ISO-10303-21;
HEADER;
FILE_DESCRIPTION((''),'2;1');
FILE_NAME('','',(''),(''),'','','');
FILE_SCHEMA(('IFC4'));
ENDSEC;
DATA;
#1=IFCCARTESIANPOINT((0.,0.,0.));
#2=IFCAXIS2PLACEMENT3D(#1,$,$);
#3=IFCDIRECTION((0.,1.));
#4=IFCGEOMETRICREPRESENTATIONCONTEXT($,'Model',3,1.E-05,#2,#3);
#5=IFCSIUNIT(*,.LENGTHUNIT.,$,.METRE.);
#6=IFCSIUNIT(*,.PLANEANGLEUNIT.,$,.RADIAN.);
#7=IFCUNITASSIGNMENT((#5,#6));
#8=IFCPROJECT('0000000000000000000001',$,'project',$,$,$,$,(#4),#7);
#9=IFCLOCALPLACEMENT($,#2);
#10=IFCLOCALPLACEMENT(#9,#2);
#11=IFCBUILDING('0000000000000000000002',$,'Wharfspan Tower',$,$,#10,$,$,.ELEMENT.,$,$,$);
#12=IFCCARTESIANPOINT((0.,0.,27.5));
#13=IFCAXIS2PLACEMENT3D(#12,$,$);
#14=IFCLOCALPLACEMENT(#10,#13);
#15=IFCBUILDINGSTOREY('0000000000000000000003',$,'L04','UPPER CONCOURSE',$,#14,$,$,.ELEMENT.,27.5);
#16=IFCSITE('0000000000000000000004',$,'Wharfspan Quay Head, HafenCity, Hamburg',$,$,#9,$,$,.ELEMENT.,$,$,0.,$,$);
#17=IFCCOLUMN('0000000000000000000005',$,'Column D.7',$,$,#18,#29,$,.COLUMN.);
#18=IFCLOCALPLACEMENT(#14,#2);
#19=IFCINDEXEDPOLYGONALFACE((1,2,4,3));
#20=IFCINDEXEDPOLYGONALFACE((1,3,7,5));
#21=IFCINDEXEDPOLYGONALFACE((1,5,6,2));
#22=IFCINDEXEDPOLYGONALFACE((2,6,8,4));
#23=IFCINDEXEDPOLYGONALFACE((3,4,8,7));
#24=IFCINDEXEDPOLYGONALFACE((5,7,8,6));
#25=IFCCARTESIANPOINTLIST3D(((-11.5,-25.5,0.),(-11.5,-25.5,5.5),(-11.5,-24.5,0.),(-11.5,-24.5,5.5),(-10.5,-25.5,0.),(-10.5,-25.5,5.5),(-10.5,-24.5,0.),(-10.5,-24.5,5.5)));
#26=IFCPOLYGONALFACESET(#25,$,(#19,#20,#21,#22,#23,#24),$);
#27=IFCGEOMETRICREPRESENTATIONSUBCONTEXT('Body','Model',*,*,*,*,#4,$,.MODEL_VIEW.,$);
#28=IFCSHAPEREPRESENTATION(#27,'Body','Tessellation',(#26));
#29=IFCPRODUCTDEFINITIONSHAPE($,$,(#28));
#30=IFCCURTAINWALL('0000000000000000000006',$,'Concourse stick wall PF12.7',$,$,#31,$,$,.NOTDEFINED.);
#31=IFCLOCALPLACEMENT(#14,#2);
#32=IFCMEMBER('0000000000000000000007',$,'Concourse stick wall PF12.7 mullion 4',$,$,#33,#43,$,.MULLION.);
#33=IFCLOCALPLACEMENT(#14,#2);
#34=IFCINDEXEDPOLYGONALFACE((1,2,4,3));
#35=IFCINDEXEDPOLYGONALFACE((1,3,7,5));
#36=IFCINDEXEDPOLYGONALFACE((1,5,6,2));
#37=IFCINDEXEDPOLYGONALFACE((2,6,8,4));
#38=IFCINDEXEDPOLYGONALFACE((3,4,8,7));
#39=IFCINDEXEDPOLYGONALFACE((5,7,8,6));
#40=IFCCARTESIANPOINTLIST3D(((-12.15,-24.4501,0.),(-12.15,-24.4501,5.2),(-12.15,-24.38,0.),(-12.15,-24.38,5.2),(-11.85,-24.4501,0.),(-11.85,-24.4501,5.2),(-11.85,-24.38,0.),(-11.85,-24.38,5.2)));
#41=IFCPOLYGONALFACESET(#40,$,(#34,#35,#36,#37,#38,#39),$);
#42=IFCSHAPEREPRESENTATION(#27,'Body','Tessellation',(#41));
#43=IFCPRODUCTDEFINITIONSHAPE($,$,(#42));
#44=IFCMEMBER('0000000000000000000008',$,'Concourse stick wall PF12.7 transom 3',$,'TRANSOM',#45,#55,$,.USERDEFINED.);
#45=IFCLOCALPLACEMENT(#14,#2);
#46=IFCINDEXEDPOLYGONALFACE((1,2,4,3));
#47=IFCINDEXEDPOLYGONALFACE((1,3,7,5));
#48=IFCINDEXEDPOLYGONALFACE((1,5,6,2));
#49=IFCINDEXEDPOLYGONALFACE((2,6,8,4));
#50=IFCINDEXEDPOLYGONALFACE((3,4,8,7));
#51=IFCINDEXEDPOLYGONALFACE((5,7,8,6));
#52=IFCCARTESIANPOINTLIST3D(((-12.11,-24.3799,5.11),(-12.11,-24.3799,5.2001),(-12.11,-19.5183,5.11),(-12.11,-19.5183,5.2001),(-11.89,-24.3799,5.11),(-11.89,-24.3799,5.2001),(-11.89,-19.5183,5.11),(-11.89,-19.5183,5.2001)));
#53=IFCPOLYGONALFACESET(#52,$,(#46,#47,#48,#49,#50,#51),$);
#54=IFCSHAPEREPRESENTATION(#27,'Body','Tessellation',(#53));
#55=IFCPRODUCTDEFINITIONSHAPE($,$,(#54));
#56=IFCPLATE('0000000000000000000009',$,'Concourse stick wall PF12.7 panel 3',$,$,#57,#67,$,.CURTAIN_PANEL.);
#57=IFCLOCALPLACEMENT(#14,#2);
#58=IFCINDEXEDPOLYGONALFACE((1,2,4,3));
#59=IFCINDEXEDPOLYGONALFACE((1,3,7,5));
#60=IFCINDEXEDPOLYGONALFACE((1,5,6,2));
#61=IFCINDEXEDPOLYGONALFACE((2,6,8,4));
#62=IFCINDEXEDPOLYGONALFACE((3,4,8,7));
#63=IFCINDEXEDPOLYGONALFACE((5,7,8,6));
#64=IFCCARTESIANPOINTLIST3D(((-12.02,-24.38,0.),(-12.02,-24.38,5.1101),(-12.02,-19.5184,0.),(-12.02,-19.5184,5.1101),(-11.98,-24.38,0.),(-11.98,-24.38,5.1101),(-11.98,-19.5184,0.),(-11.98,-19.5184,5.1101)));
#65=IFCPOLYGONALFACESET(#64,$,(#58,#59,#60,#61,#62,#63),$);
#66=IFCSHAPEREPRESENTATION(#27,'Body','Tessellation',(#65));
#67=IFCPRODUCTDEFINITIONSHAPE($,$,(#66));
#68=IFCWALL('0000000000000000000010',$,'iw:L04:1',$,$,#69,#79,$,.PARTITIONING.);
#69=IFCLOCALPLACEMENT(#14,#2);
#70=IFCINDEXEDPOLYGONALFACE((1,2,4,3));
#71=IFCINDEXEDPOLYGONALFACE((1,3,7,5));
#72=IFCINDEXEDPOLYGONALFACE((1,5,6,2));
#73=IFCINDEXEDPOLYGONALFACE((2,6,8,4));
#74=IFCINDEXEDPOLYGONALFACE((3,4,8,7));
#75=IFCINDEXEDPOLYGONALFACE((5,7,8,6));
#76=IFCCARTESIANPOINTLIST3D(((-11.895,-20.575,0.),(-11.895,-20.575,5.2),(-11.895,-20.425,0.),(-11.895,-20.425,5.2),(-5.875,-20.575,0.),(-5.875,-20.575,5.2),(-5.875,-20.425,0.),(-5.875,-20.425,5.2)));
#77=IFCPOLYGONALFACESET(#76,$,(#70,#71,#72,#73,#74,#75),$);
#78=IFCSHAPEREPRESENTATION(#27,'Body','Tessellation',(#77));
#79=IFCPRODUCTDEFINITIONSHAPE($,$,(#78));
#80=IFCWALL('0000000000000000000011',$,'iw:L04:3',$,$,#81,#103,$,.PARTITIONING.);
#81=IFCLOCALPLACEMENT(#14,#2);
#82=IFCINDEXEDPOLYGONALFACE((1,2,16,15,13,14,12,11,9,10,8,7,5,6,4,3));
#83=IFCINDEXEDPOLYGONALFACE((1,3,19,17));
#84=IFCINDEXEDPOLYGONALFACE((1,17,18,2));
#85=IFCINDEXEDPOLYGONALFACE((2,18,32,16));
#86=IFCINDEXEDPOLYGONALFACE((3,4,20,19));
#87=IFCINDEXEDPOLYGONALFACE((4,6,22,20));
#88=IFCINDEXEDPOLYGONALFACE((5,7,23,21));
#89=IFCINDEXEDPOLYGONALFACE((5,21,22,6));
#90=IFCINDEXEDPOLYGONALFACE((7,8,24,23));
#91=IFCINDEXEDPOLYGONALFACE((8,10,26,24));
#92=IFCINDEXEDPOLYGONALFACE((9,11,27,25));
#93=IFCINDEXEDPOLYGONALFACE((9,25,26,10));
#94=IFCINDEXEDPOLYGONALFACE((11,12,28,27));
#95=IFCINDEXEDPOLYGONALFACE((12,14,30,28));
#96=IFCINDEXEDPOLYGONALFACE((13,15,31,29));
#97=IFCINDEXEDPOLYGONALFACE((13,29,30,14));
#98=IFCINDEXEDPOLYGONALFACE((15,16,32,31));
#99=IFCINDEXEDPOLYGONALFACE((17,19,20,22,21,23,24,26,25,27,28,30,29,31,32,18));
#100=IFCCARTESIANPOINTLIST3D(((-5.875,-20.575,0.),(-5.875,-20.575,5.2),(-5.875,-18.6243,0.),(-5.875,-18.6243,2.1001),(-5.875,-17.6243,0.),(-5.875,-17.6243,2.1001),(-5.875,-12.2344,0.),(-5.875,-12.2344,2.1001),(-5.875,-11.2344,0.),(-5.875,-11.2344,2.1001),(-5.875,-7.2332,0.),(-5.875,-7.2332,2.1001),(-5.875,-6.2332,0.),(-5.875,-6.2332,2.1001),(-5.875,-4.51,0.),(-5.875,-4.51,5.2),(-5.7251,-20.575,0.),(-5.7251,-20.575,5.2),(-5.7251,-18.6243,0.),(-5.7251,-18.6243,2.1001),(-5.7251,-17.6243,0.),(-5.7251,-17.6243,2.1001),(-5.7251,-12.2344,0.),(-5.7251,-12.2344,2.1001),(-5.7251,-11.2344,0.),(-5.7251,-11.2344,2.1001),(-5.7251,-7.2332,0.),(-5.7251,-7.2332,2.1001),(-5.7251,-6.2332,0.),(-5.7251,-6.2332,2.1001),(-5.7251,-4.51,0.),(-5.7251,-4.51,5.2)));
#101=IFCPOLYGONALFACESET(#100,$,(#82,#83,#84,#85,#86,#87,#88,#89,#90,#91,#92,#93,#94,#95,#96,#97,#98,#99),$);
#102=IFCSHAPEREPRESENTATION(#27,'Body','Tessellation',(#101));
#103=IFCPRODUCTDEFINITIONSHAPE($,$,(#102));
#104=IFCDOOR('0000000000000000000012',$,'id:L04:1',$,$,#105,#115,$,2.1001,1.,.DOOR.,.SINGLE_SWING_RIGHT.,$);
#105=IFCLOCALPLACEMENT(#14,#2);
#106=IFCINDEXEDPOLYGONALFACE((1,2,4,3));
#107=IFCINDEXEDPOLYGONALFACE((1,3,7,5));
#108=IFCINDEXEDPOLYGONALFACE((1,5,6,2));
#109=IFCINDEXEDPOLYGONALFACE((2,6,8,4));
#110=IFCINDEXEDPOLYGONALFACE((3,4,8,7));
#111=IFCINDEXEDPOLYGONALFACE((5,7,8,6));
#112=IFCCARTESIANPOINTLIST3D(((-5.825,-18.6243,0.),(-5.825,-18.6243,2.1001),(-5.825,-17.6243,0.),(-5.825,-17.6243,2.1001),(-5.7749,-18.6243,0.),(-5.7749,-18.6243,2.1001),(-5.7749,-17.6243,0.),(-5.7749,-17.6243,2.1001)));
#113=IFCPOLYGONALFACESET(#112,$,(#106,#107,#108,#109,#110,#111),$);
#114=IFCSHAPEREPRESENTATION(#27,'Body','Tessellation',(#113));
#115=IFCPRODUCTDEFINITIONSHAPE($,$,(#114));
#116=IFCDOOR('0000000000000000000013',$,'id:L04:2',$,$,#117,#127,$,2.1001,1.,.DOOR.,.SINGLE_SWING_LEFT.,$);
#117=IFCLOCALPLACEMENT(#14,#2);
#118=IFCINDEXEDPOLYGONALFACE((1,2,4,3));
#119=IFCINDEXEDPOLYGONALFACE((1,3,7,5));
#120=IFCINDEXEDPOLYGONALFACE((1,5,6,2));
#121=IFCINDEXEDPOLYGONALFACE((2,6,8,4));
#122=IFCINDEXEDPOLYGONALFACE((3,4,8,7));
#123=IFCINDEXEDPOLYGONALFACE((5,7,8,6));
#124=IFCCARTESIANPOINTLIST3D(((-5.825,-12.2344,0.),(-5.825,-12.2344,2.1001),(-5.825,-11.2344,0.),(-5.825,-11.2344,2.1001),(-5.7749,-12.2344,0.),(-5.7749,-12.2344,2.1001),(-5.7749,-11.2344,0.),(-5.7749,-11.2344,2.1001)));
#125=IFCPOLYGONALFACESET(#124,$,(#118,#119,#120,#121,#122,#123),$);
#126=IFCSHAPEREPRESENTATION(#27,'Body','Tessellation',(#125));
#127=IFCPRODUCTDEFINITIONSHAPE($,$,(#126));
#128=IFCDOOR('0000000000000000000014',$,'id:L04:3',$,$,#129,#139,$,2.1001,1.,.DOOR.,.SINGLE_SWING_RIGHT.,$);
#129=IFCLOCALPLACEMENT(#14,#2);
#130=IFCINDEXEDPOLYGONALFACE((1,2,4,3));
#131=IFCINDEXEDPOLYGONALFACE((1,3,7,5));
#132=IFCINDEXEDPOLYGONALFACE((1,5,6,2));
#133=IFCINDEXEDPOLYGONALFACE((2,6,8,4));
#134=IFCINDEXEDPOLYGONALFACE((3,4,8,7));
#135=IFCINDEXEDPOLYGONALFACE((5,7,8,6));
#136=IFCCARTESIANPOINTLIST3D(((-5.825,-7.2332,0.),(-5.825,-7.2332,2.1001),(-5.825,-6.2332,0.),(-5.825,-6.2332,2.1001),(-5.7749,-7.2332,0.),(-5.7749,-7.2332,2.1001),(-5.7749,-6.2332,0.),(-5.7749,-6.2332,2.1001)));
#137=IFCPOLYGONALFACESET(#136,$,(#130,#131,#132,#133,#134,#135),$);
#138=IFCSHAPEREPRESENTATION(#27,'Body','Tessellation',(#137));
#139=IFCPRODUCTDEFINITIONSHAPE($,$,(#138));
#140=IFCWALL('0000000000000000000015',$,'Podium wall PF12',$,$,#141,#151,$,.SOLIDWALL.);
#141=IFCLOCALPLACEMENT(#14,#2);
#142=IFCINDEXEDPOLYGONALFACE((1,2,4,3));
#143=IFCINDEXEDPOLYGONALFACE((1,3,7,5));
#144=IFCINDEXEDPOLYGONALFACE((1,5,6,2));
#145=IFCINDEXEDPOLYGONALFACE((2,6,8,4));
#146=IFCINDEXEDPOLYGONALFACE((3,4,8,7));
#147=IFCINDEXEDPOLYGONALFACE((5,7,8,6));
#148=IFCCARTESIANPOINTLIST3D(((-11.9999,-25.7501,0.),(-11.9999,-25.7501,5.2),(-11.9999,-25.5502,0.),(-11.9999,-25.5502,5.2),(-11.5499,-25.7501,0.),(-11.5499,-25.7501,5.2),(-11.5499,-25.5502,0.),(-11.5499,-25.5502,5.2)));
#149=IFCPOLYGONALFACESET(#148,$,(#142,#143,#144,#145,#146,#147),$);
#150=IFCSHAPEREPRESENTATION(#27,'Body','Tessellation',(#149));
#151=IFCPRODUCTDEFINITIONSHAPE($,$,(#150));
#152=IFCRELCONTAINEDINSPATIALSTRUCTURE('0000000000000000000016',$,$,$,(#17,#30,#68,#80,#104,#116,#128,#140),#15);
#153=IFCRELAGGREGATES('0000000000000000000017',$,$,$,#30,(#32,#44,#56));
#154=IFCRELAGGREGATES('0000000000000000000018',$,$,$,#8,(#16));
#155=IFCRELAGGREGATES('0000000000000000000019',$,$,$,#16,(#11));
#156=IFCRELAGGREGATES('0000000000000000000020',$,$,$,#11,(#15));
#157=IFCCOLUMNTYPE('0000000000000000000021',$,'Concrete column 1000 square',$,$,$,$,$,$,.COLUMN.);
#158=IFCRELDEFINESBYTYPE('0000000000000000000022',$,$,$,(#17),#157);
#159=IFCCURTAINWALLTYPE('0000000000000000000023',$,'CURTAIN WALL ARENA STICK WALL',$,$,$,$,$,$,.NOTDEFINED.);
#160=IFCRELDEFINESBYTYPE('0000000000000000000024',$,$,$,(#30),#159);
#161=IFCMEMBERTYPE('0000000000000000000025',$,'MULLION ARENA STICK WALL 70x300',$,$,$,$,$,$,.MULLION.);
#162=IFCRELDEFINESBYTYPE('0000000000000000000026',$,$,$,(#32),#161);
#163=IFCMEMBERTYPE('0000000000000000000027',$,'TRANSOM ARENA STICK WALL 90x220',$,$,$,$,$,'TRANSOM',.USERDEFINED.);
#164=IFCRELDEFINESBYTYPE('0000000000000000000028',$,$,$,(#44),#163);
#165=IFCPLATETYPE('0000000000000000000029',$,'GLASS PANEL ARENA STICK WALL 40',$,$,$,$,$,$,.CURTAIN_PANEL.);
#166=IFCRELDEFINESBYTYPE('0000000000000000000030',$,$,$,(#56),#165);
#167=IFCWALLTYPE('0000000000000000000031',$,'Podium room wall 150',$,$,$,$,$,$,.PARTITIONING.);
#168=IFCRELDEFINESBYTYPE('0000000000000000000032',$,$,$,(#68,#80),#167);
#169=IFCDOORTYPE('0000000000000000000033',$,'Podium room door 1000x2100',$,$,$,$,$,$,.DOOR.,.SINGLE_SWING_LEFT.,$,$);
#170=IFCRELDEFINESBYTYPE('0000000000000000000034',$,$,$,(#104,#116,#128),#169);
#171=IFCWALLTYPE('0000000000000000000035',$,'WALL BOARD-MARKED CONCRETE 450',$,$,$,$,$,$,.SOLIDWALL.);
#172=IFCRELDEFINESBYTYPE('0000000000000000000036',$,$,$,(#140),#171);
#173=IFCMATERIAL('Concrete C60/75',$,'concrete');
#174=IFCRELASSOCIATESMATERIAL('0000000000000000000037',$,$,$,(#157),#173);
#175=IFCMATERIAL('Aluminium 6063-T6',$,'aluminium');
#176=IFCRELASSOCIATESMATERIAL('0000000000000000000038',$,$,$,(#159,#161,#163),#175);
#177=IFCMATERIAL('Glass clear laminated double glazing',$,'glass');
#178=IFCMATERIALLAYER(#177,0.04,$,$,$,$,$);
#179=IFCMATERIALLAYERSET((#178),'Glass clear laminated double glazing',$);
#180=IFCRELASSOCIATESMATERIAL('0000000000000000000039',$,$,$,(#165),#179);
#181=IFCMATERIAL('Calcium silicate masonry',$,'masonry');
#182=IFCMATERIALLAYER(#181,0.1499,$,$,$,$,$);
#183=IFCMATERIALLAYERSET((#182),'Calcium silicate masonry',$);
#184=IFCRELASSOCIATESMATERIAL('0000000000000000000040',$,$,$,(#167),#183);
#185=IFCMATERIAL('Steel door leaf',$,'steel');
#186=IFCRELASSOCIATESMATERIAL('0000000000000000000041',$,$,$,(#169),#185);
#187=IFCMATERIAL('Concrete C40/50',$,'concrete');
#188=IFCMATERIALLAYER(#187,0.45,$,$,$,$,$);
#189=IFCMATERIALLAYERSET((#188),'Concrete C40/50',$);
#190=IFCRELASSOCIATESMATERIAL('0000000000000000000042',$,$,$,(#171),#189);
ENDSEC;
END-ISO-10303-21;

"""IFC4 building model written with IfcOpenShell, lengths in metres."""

from ifc_helpers import new_model, si_unit, direction, frame, frame_2d, origin, origin_2d, place, context, subcontext, project, spatial, rectangle, extrude, material, layer, layer_set, material_profile, profile_set, type_object, element, fill, aggregate, save


model = new_model("IFC4")

# Units and contexts
model_context = context("Model", 3, precision=1e-05, world=origin(), true_north=direction((0.0, 1.0)))
body_context = subcontext(model_context, "Body", "Model", "MODEL_VIEW")
ifc_project = project(units=[si_unit("LENGTHUNIT", "METRE"), si_unit("PLANEANGLEUNIT", "RADIAN")], contexts=[model_context])

# Site, building, storey
site_placement = place(None, origin())
site = spatial("IfcSite", under=ifc_project, at=site_placement, Name="Wharfspan Quay Head, HafenCity, Hamburg", CompositionType="ELEMENT", RefElevation=0.0)
building_placement = place(site_placement, origin())
building = spatial("IfcBuilding", under=site, at=building_placement, Name="Wharfspan Tower", CompositionType="ELEMENT")
storey_placement = place(building_placement, frame((0.0, 0.0, 27.5)))
storey = spatial("IfcBuildingStorey", under=building, at=storey_placement, Name="L04", Description="UPPER CONCOURSE", CompositionType="ELEMENT", Elevation=27.5)

# Column
ifc_material_1 = material(Name="Concrete C60/75", Category="concrete")
ifc_material_profile_1 = material_profile(ifc_material_1, rectangle(XDim=1.0, YDim=1.0, at=origin_2d()))
ifc_profile_set_1 = profile_set([ifc_material_profile_1], Name="Concrete C60/75")
column_type = type_object("IfcColumnType", Name="Concrete column 1000 square", PredefinedType="COLUMN", material=ifc_profile_set_1)
column_placement = place(storey_placement, frame((-11.0, -25.0, 0.0), z_axis=(0.0, 0.0, 1.0), x_axis=(1.0, 0.0, 0.0)))
element("IfcColumn", 1, at=column_placement, inside=storey, type_object=column_type, Name="Column D.7", PredefinedType="COLUMN", context=body_context, shape_type="SweptSolid", body=[
    extrude(rectangle(XDim=1.0, YDim=1.0, at=origin_2d()), origin(), (0.0, 0.0, 1.0), 5.5),
])

# Curtain wall, members, plate
ifc_material_2 = material(Name="Aluminium 6063-T6", Category="aluminium")
curtain_wall_type = type_object("IfcCurtainWallType", Name="CURTAIN WALL ARENA STICK WALL", PredefinedType="NOTDEFINED", material=ifc_material_2)
curtain_wall_placement = place(storey_placement, origin())
curtain_wall = element("IfcCurtainWall", 2, at=curtain_wall_placement, inside=storey, type_object=curtain_wall_type, Name="Concourse stick wall PF12.7", PredefinedType="NOTDEFINED")
ifc_material_profile_2 = material_profile(ifc_material_2, rectangle(XDim=0.3, YDim=0.0701, at=origin_2d()))
ifc_profile_set_2 = profile_set([ifc_material_profile_2], Name="Aluminium 6063-T6")
member_type_1 = type_object("IfcMemberType", Name="MULLION ARENA STICK WALL 70x300", PredefinedType="MULLION", material=ifc_profile_set_2)
member_1_placement = place(storey_placement, frame((-12.0, -24.415, 0.0), z_axis=(0.0, 0.0, 1.0), x_axis=(1.0, 0.0, 0.0)))
member_1 = element("IfcMember", 3, at=member_1_placement, type_object=member_type_1, Name="Concourse stick wall PF12.7 mullion 4", PredefinedType="MULLION", context=body_context, shape_type="SweptSolid", body=[
    extrude(rectangle(XDim=0.3, YDim=0.0701, at=origin_2d()), origin(), (0.0, 0.0, 1.0), 5.2),
])
ifc_material_profile_3 = material_profile(ifc_material_2, rectangle(XDim=0.22, YDim=0.0901, at=origin_2d()))
ifc_profile_set_3 = profile_set([ifc_material_profile_3], Name="Aluminium 6063-T6")
member_type_2 = type_object("IfcMemberType", Name="TRANSOM ARENA STICK WALL 90x220", ElementType="TRANSOM", PredefinedType="USERDEFINED", material=ifc_profile_set_3)
member_2_placement = place(storey_placement, frame((-12.0, -19.5183, 5.155), z_axis=(0.0, -1.0, 0.0), x_axis=(1.0, 0.0, 0.0)))
member_2 = element("IfcMember", 4, at=member_2_placement, type_object=member_type_2, Name="Concourse stick wall PF12.7 transom 3", ObjectType="TRANSOM", PredefinedType="USERDEFINED", context=body_context, shape_type="SweptSolid", body=[
    extrude(rectangle(XDim=0.22, YDim=0.0901, at=origin_2d()), origin(), (0.0, 0.0, 1.0), 4.8616),
])
ifc_material_3 = material(Name="Glass clear laminated double glazing", Category="glass")
ifc_layer_1 = layer(ifc_material_3, 0.04)
ifc_layer_set_1 = layer_set([ifc_layer_1], Name="Glass clear laminated double glazing")
plate_type = type_object("IfcPlateType", Name="GLASS PANEL ARENA STICK WALL 40", PredefinedType="CURTAIN_PANEL", material=ifc_layer_set_1)
plate_placement = place(storey_placement, frame((-12.0, -21.9492, 0.0), z_axis=(0.0, 0.0, 1.0), x_axis=(0.0, -1.0, 0.0)))
plate = element("IfcPlate", 5, at=plate_placement, type_object=plate_type, Name="Concourse stick wall PF12.7 panel 3", PredefinedType="CURTAIN_PANEL", context=body_context, shape_type="SweptSolid", body=[
    extrude(rectangle(XDim=4.8616, YDim=0.04, at=origin_2d()), origin(), (0.0, 0.0, 1.0), 5.1101),
])
aggregate(curtain_wall, [member_1, member_2, plate])

# Wall
ifc_material_4 = material(Name="Calcium silicate masonry", Category="masonry")
ifc_layer_2 = layer(ifc_material_4, 0.1499)
ifc_layer_set_2 = layer_set([ifc_layer_2], Name="Calcium silicate masonry")
wall_type_1 = type_object("IfcWallType", Name="Podium room wall 150", PredefinedType="PARTITIONING", material=ifc_layer_set_2)
wall_1_placement = place(storey_placement, frame((-11.895, -20.5, 0.0), z_axis=(0.0, 0.0, 1.0), x_axis=(1.0, 0.0, 0.0)))
element("IfcWall", 6, at=wall_1_placement, inside=storey, type_object=wall_type_1, Name="iw:L04:1", PredefinedType="PARTITIONING", context=body_context, shape_type="SweptSolid", body=[
    extrude(rectangle(XDim=6.02, YDim=0.1499, at=frame_2d((3.01, 0.0))), origin(), (0.0, 0.0, 1.0), 5.2),
])

# Wall, openings, doors
wall_2_placement = place(storey_placement, frame((-5.8, -20.575, 0.0), z_axis=(0.0, 0.0, 1.0), x_axis=(0.0, 1.0, 0.0)))
wall_2 = element("IfcWall", 7, at=wall_2_placement, inside=storey, type_object=wall_type_1, Name="iw:L04:3", PredefinedType="PARTITIONING", context=body_context, shape_type="SweptSolid", body=[
    extrude(rectangle(XDim=16.0649, YDim=0.1499, at=frame_2d((8.0325, 0.0))), origin(), (0.0, 0.0, 1.0), 5.2),
])
opening_1_placement = place(wall_2_placement, frame((1.9507, 0.0, 0.0)))
opening_1 = element("IfcOpeningElement", 8, at=opening_1_placement, cuts=wall_2, PredefinedType="OPENING", context=body_context, shape_type="SweptSolid", body=[
    extrude(rectangle(XDim=1.0, YDim=2.1001, at=frame_2d((0.5, 1.05))), frame((0.0, 0.085, 0.0), z_axis=(0.0, -1.0, 0.0), x_axis=(1.0, 0.0, 0.0)), (0.0, 0.0, 1.0), 0.1699),
])
opening_2_placement = place(wall_2_placement, frame((8.3406, 0.0, 0.0)))
opening_2 = element("IfcOpeningElement", 9, at=opening_2_placement, cuts=wall_2, PredefinedType="OPENING", context=body_context, shape_type="SweptSolid", body=[
    extrude(rectangle(XDim=1.0, YDim=2.1001, at=frame_2d((0.5, 1.05))), frame((0.0, 0.085, 0.0), z_axis=(0.0, -1.0, 0.0), x_axis=(1.0, 0.0, 0.0)), (0.0, 0.0, 1.0), 0.1699),
])
opening_3_placement = place(wall_2_placement, frame((13.3418, 0.0, 0.0)))
opening_3 = element("IfcOpeningElement", 10, at=opening_3_placement, cuts=wall_2, PredefinedType="OPENING", context=body_context, shape_type="SweptSolid", body=[
    extrude(rectangle(XDim=1.0, YDim=2.1001, at=frame_2d((0.5, 1.05))), frame((0.0, 0.085, 0.0), z_axis=(0.0, -1.0, 0.0), x_axis=(1.0, 0.0, 0.0)), (0.0, 0.0, 1.0), 0.1699),
])
ifc_material_5 = material(Name="Steel door leaf", Category="steel")
door_type = type_object("IfcDoorType", Name="Podium room door 1000x2100", OperationType="SINGLE_SWING_LEFT", PredefinedType="DOOR", material=ifc_material_5)
door_1_placement = place(opening_1_placement, origin())
door_1 = element("IfcDoor", 11, at=door_1_placement, inside=storey, type_object=door_type, Name="id:L04:1", OperationType="SINGLE_SWING_RIGHT", OverallHeight=2.1001, OverallWidth=1.0, PredefinedType="DOOR", context=body_context, shape_type="SweptSolid", body=[
    extrude(rectangle(XDim=1.0, YDim=2.1001, at=frame_2d((0.5, 1.05))), frame((0.0, 0.0249, 0.0), z_axis=(0.0, -1.0, 0.0), x_axis=(1.0, 0.0, 0.0)), (0.0, 0.0, 1.0), 0.05),
])
fill(opening_1, door_1)
door_2_placement = place(opening_2_placement, origin())
door_2 = element("IfcDoor", 12, at=door_2_placement, inside=storey, type_object=door_type, Name="id:L04:2", OperationType="SINGLE_SWING_LEFT", OverallHeight=2.1001, OverallWidth=1.0, PredefinedType="DOOR", context=body_context, shape_type="SweptSolid", body=[
    extrude(rectangle(XDim=1.0, YDim=2.1001, at=frame_2d((0.5, 1.05))), frame((0.0, 0.0249, 0.0), z_axis=(0.0, -1.0, 0.0), x_axis=(1.0, 0.0, 0.0)), (0.0, 0.0, 1.0), 0.05),
])
fill(opening_2, door_2)
door_3_placement = place(opening_3_placement, origin())
door_3 = element("IfcDoor", 13, at=door_3_placement, inside=storey, type_object=door_type, Name="id:L04:3", OperationType="SINGLE_SWING_RIGHT", OverallHeight=2.1001, OverallWidth=1.0, PredefinedType="DOOR", context=body_context, shape_type="SweptSolid", body=[
    extrude(rectangle(XDim=1.0, YDim=2.1001, at=frame_2d((0.5, 1.05))), frame((0.0, 0.0249, 0.0), z_axis=(0.0, -1.0, 0.0), x_axis=(1.0, 0.0, 0.0)), (0.0, 0.0, 1.0), 0.05),
])
fill(opening_3, door_3)

# Wall
ifc_material_6 = material(Name="Concrete C40/50", Category="concrete")
ifc_layer_3 = layer(ifc_material_6, 0.45)
ifc_layer_set_3 = layer_set([ifc_layer_3], Name="Concrete C40/50")
wall_type_2 = type_object("IfcWallType", Name="WALL BOARD-MARKED CONCRETE 450", PredefinedType="SOLIDWALL", material=ifc_layer_set_3)
wall_3_placement = place(storey_placement, frame((-11.7749, -25.55, 0.0), z_axis=(0.0, 0.0, 1.0), x_axis=(0.0, -1.0, 0.0)))
element("IfcWall", 14, at=wall_3_placement, inside=storey, type_object=wall_type_2, Name="Podium wall PF12", PredefinedType="SOLIDWALL", context=body_context, shape_type="SweptSolid", body=[
    extrude(rectangle(XDim=0.2, YDim=0.45, at=frame_2d((0.1001, 0.0))), origin(), (0.0, 0.0, 1.0), 5.2),
])

save(model, "model.ifc")
